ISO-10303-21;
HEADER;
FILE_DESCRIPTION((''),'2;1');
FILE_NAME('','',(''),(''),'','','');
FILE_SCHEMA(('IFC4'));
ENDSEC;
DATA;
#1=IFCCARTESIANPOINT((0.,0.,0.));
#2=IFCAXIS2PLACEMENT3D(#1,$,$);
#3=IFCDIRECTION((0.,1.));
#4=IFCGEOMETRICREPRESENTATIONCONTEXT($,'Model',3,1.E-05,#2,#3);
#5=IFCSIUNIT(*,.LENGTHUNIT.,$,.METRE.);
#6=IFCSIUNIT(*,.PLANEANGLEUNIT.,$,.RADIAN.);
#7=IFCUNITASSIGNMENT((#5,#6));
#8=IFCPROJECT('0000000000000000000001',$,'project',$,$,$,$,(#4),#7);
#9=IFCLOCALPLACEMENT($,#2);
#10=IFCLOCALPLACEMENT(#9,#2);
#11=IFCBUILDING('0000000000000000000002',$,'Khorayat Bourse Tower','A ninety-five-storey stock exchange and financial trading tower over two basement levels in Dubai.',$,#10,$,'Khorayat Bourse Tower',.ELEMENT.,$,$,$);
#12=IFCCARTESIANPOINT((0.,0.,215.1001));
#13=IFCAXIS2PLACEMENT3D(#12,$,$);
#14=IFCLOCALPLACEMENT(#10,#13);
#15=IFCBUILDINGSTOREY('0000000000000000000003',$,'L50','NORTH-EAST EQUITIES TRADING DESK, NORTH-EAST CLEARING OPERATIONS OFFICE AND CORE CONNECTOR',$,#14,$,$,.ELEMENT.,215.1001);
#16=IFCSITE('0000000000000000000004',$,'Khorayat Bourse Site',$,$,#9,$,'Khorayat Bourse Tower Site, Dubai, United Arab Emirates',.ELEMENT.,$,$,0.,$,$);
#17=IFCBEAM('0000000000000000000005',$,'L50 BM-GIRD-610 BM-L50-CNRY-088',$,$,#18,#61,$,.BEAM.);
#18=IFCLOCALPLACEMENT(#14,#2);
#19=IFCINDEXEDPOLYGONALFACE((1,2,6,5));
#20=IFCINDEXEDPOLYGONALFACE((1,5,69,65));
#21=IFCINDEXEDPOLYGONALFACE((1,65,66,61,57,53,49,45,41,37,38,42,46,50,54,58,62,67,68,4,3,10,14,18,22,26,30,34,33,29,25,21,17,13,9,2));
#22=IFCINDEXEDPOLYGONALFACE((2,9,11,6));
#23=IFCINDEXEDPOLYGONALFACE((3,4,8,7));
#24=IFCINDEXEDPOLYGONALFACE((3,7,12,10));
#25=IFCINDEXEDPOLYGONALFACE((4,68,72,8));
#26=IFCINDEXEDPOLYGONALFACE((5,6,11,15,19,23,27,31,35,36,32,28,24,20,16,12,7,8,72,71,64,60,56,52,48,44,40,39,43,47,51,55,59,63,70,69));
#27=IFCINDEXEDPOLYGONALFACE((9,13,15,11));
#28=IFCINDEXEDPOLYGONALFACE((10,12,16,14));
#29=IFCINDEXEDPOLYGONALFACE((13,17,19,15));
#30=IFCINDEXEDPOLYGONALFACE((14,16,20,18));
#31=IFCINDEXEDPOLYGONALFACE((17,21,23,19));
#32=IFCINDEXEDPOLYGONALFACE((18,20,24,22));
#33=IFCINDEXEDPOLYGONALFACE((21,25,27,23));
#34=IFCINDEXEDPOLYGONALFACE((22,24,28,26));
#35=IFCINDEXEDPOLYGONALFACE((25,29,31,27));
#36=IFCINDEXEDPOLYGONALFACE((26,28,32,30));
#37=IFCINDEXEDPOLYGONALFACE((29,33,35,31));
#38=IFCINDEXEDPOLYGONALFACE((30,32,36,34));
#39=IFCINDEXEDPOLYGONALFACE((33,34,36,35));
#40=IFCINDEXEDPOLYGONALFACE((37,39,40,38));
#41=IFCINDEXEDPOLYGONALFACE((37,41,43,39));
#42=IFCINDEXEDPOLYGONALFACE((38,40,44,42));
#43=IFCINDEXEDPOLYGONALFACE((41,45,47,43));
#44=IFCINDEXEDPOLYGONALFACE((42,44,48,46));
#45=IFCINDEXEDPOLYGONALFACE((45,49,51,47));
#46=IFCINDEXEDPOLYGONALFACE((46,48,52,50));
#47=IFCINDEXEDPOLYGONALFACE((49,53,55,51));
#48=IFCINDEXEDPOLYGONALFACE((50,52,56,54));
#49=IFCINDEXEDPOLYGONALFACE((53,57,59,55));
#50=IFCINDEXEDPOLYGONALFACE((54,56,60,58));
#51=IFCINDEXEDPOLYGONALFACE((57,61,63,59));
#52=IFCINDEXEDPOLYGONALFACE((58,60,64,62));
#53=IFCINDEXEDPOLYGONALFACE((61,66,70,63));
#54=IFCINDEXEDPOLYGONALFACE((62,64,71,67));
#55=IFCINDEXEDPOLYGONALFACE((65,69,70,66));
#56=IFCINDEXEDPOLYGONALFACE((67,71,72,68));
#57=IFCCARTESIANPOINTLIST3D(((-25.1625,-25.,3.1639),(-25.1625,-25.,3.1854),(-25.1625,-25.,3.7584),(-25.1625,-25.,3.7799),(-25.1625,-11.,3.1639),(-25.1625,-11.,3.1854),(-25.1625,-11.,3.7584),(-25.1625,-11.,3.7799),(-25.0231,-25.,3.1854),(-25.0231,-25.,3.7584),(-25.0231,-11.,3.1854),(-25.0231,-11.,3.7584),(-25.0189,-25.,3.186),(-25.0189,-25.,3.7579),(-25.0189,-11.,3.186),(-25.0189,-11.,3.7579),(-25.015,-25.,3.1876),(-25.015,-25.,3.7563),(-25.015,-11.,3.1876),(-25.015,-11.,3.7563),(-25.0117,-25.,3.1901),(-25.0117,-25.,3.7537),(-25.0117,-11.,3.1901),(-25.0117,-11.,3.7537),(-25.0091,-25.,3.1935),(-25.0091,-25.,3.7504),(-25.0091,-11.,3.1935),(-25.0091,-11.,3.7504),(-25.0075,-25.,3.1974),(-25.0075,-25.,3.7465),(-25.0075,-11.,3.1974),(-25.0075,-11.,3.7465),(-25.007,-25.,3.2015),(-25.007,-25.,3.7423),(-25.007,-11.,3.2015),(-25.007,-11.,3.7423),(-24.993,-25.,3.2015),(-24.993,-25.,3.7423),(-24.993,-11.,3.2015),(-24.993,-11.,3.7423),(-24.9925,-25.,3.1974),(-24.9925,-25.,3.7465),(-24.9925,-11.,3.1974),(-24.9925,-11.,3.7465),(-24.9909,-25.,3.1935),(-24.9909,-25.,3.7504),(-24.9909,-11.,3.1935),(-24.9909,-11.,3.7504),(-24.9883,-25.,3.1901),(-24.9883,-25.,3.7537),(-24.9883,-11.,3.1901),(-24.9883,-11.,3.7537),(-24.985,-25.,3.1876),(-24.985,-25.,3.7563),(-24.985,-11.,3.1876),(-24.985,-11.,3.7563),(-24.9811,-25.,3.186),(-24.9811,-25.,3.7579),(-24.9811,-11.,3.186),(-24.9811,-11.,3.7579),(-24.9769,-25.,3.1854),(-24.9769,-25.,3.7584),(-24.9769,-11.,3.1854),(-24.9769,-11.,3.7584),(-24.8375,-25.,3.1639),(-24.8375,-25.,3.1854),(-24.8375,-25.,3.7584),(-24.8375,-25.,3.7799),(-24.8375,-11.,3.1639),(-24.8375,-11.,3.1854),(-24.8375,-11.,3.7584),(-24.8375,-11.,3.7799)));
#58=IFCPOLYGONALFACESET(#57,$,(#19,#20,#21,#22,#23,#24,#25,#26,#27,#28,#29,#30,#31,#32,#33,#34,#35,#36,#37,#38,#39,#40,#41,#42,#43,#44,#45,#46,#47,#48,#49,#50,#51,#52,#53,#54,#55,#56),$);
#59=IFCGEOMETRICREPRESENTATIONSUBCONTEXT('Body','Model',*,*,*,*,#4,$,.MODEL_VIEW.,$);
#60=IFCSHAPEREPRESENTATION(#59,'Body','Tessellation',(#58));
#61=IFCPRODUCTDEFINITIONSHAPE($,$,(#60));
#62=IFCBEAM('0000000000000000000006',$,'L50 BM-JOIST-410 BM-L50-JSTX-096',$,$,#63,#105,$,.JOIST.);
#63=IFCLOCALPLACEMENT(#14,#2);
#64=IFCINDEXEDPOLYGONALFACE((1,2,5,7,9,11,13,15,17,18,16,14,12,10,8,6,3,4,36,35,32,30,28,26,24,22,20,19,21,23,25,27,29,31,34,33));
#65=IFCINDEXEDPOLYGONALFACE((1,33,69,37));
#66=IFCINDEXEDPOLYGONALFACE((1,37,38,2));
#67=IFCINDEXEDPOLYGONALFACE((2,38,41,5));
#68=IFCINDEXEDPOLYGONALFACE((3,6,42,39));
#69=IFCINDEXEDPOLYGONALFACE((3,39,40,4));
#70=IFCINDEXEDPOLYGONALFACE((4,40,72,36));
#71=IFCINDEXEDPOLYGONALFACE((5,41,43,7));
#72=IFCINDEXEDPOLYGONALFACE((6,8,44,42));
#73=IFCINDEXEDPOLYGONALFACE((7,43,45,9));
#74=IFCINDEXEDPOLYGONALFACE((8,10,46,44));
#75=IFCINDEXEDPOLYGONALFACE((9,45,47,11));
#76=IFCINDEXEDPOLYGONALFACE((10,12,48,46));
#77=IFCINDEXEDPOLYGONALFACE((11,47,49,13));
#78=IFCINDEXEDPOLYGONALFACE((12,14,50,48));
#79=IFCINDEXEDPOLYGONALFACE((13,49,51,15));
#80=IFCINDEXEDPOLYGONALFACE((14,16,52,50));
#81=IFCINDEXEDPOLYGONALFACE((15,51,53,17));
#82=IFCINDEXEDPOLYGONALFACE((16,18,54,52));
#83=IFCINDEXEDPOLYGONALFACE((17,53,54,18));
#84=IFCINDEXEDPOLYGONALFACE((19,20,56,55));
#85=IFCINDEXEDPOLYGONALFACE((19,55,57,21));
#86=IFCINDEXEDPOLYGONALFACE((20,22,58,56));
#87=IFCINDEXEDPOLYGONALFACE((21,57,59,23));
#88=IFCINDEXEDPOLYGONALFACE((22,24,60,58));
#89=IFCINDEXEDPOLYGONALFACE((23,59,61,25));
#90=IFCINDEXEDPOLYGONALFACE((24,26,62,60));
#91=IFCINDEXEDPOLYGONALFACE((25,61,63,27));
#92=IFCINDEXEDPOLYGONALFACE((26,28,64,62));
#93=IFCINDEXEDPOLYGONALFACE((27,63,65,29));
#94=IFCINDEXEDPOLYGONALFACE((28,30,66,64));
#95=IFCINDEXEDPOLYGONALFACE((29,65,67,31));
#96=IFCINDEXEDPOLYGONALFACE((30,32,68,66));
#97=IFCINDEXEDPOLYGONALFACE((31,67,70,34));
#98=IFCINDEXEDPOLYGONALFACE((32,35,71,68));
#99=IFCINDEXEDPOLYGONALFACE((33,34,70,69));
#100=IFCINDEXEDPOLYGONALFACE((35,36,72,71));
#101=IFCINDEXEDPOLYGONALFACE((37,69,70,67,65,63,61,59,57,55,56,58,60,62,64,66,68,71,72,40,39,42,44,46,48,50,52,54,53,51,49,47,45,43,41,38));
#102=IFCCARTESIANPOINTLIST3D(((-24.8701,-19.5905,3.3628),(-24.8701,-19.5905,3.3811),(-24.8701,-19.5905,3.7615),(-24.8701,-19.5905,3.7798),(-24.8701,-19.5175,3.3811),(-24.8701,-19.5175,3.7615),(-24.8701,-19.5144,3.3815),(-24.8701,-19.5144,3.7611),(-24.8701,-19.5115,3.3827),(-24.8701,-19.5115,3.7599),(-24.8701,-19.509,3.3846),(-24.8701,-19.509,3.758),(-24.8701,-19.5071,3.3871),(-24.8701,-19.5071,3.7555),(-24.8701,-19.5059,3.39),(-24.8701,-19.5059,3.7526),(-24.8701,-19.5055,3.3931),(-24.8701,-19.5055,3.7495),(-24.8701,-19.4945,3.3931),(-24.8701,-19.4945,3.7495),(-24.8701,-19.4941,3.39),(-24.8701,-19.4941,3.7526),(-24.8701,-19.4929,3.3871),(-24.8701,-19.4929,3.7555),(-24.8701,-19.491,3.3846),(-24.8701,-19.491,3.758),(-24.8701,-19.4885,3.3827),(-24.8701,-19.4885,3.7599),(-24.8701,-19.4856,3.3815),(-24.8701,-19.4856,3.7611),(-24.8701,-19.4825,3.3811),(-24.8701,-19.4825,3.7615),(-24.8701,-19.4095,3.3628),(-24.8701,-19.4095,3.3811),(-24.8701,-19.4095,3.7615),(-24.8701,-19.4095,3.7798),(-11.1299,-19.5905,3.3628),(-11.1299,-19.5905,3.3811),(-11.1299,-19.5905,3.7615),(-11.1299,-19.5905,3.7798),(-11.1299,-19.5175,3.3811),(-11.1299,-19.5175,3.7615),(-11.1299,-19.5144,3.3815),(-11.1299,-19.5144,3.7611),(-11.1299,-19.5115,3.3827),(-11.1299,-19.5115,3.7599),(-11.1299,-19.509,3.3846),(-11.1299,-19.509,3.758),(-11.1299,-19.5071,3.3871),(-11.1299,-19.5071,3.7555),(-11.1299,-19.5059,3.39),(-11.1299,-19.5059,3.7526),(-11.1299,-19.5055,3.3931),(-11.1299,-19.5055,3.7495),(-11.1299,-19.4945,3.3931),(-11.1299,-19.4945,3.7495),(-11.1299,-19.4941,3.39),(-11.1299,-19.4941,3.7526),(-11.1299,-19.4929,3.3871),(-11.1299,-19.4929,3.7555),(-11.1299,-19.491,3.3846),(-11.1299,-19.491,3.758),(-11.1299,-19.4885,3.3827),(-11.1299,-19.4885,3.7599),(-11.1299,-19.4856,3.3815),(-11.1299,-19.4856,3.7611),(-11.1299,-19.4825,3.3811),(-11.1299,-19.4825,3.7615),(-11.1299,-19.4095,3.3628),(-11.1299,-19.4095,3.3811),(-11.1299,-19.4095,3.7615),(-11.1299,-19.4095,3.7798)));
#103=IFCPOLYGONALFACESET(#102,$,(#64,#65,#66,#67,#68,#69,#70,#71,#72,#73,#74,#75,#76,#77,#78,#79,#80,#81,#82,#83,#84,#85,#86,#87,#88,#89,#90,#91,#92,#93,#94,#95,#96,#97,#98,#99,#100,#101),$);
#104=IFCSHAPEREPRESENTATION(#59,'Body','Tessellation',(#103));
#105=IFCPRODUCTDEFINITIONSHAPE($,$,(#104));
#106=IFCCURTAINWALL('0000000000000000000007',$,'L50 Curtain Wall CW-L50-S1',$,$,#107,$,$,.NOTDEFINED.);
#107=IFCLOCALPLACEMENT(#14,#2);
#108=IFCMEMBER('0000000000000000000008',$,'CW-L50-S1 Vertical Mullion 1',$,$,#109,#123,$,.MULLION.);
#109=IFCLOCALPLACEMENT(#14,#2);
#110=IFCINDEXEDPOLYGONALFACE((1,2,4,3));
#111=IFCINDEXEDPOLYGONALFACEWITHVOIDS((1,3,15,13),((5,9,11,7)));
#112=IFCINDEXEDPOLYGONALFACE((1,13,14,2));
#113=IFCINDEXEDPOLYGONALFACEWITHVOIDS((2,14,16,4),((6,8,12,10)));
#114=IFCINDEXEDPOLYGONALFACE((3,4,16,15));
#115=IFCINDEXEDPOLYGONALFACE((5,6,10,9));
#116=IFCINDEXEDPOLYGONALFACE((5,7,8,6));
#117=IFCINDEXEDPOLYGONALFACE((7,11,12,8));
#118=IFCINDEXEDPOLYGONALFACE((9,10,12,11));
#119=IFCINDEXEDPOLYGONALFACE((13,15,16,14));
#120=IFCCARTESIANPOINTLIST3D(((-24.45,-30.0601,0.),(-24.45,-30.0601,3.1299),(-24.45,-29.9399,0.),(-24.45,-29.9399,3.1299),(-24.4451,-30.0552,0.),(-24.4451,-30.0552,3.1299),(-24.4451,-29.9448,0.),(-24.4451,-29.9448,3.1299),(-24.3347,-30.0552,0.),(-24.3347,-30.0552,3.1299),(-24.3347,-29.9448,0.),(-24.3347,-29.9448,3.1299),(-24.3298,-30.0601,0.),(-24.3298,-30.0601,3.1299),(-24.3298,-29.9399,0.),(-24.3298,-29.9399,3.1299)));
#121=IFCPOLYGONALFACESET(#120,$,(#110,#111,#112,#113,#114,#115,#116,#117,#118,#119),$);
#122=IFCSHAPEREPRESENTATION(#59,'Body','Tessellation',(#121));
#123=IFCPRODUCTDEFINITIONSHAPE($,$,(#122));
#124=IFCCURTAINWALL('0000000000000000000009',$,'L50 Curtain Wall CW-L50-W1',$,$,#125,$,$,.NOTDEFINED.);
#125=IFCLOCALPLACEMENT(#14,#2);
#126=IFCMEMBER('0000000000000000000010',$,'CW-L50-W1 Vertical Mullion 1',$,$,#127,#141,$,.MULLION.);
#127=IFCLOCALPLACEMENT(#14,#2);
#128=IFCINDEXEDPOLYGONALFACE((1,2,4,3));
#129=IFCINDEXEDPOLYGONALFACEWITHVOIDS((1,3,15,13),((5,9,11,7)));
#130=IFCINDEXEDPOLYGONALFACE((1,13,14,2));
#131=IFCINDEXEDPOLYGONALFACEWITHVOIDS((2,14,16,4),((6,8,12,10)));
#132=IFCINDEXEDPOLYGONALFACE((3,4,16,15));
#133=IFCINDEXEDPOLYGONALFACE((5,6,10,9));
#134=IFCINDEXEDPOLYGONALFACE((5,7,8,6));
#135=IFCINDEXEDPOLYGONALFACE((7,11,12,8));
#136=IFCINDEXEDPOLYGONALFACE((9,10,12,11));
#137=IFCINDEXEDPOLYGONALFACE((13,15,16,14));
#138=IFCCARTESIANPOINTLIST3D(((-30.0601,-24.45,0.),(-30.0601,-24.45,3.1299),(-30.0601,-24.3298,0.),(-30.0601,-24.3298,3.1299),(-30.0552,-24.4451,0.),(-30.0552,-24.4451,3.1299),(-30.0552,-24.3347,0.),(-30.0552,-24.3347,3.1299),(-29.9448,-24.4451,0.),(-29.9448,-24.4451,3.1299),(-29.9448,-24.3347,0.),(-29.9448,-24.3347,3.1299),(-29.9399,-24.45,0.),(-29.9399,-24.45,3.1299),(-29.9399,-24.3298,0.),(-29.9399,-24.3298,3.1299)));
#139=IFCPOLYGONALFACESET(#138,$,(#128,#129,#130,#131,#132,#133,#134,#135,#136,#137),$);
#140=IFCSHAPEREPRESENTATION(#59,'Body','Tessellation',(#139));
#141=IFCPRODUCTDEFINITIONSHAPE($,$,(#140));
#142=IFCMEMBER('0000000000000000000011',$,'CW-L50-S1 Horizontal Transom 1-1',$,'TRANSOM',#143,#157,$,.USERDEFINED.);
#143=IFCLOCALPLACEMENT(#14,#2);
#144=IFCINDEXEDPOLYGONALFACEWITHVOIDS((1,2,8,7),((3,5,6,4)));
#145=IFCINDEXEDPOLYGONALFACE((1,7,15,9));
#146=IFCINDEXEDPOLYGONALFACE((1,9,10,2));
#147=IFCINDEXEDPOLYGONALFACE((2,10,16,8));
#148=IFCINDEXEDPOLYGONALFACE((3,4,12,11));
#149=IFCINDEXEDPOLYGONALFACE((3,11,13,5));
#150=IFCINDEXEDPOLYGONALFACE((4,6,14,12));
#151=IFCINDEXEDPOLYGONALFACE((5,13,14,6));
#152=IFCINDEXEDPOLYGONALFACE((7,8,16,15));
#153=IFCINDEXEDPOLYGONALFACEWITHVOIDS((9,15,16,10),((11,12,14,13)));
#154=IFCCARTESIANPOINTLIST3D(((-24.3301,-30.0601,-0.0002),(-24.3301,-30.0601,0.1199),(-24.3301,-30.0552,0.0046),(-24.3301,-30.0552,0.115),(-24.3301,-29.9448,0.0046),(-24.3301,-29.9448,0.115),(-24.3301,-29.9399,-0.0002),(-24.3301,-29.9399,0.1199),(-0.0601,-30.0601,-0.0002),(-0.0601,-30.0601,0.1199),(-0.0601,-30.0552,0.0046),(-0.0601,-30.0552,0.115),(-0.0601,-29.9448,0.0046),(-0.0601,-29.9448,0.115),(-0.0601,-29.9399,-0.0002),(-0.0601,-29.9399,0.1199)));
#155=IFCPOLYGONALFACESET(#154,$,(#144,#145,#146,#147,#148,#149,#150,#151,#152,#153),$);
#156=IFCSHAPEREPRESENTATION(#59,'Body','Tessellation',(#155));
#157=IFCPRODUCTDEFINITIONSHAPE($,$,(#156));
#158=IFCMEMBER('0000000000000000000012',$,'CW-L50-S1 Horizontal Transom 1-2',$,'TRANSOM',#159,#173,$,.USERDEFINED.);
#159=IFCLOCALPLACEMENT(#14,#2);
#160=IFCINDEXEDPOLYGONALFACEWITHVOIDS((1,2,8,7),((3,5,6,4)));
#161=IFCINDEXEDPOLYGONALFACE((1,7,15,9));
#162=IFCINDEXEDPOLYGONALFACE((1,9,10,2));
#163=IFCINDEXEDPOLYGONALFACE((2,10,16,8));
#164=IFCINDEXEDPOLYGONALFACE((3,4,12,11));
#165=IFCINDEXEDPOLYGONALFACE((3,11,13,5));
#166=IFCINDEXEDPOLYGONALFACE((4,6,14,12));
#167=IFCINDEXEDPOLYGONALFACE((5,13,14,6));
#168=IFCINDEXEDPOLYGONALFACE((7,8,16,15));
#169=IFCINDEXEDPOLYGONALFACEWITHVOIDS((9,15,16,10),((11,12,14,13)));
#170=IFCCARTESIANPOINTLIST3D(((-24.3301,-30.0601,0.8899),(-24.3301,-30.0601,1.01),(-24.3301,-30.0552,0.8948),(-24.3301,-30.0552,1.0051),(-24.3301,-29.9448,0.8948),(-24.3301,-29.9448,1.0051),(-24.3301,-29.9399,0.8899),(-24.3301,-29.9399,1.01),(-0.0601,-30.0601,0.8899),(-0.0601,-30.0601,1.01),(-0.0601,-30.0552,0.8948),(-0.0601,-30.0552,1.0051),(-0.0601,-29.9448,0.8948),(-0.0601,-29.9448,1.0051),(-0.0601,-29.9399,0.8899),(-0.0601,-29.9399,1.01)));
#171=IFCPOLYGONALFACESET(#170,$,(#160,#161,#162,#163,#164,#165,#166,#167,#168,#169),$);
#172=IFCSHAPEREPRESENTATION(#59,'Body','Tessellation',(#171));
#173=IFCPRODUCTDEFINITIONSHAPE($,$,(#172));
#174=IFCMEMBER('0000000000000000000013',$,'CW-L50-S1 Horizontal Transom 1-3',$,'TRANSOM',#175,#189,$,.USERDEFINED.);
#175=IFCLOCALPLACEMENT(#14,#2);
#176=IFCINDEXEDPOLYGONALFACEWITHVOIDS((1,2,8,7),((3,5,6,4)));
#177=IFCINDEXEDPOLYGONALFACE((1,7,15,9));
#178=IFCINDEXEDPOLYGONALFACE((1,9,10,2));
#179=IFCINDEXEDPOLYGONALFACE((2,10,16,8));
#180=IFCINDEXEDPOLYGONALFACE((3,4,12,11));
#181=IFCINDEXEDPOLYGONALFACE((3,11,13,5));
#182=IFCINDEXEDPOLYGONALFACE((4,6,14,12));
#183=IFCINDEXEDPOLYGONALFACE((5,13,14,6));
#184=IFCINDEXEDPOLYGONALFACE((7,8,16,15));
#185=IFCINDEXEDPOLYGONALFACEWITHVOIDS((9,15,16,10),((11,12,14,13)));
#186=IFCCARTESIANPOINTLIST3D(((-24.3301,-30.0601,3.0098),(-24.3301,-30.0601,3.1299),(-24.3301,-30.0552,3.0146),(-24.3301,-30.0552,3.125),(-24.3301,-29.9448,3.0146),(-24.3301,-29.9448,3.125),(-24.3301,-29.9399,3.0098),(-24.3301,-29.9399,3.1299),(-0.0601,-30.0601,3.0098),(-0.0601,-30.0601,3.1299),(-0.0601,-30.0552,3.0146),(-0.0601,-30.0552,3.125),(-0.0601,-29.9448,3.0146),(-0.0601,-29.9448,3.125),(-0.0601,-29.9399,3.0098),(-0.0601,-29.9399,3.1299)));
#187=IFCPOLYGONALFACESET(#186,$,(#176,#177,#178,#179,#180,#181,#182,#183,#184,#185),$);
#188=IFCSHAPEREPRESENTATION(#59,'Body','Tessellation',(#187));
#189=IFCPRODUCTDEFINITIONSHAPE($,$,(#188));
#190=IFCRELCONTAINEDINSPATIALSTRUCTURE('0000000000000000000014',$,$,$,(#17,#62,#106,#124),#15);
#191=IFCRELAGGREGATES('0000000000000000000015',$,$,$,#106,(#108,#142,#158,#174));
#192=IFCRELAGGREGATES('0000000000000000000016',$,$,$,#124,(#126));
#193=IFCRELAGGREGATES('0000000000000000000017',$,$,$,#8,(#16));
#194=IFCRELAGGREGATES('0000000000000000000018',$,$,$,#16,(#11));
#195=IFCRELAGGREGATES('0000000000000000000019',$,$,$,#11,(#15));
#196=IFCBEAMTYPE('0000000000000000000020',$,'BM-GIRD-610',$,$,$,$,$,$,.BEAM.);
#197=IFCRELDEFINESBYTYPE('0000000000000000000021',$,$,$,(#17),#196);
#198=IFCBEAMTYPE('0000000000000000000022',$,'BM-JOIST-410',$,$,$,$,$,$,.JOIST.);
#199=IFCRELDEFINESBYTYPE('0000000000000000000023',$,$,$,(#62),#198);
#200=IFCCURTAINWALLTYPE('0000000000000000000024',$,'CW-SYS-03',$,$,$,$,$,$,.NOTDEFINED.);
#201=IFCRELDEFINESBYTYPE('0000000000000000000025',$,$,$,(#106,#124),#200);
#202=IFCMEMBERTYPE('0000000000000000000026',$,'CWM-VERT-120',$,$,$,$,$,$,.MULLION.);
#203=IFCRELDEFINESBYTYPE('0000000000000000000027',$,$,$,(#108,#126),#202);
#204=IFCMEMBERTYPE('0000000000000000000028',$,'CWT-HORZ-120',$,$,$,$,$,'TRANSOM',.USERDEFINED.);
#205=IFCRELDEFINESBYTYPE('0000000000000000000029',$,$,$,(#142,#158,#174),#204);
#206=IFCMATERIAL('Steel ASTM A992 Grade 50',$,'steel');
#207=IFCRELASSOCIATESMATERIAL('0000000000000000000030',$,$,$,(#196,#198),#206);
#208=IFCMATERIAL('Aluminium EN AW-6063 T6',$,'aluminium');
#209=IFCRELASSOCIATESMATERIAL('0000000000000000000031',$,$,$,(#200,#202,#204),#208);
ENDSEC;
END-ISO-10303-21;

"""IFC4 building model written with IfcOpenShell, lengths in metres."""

from ifc_helpers import new_model, si_unit, direction, frame, origin, origin_2d, place, context, subcontext, project, spatial, hollow_rectangle, i_section, extrude, source, transform, mapped, material, material_profile, profile_set, type_object, element, aggregate, save


model = new_model("IFC4")

# Units and contexts
model_context = context("Model", 3, precision=1e-05, world=origin(), true_north=direction((0.0, 1.0)))
body_context = subcontext(model_context, "Body", "Model", "MODEL_VIEW")
ifc_project = project(units=[si_unit("LENGTHUNIT", "METRE"), si_unit("PLANEANGLEUNIT", "RADIAN")], contexts=[model_context])

# Site, building, storey
site_placement = place(None, origin())
site = spatial("IfcSite", under=ifc_project, at=site_placement, Name="Khorayat Bourse Site", LongName="Khorayat Bourse Tower Site, Dubai, United Arab Emirates", CompositionType="ELEMENT", RefElevation=0.0)
building_placement = place(site_placement, origin())
building = spatial("IfcBuilding", under=site, at=building_placement, Name="Khorayat Bourse Tower", Description="A ninety-five-storey stock exchange and financial trading tower over two basement levels in Dubai.", LongName="Khorayat Bourse Tower", CompositionType="ELEMENT")
storey_placement = place(building_placement, frame((0.0, 0.0, 215.1001)))
storey = spatial("IfcBuildingStorey", under=building, at=storey_placement, Name="L50", Description="NORTH-EAST EQUITIES TRADING DESK, NORTH-EAST CLEARING OPERATIONS OFFICE AND CORE CONNECTOR", CompositionType="ELEMENT", Elevation=215.1001)

# Beams
ifc_material_1 = material(Name="Steel ASTM A992 Grade 50", Category="steel")
ifc_material_profile_1 = material_profile(ifc_material_1, i_section(OverallWidth=0.325, OverallDepth=0.616, WebThickness=0.0139, FlangeThickness=0.0215, FilletRadius=0.0161, at=origin_2d()), Name="W610X174")
ifc_profile_set_1 = profile_set([ifc_material_profile_1], Name="Steel ASTM A992 Grade 50")
beam_type_1 = type_object("IfcBeamType", Name="BM-GIRD-610", PredefinedType="BEAM", material=ifc_profile_set_1)
shared_shape_1 = source(origin(), body_context, "Body", "SweptSolid", [
    extrude(i_section(OverallWidth=0.325, OverallDepth=0.616, WebThickness=0.0139, FlangeThickness=0.0215, FilletRadius=0.0161, at=origin_2d()), origin(), (0.0, 0.0, 1.0), 14.0),
])
beam_1_placement = place(storey_placement, frame((-25.0, -25.0, 3.4719), z_axis=(0.0, 1.0, 0.0), x_axis=(-1.0, 0.0, 0.0)))
element("IfcBeam", 1, at=beam_1_placement, inside=storey, type_object=beam_type_1, Name="L50 BM-GIRD-610 BM-L50-CNRY-088", PredefinedType="BEAM", context=body_context, shape_type="MappedRepresentation", body=[
    mapped(shared_shape_1, transform((0.0, 0.0, 0.0), scale=1.0)),
])
ifc_material_profile_2 = material_profile(ifc_material_1, i_section(OverallWidth=0.1809, OverallDepth=0.417, WebThickness=0.011, FlangeThickness=0.0183, FilletRadius=0.012, at=origin_2d()), Name="W410X85")
ifc_profile_set_2 = profile_set([ifc_material_profile_2], Name="Steel ASTM A992 Grade 50")
beam_type_2 = type_object("IfcBeamType", Name="BM-JOIST-410", PredefinedType="JOIST", material=ifc_profile_set_2)
shared_shape_2 = source(origin(), body_context, "Body", "SweptSolid", [
    extrude(i_section(OverallWidth=0.1809, OverallDepth=0.417, WebThickness=0.011, FlangeThickness=0.0183, FilletRadius=0.012, at=origin_2d()), origin(), (0.0, 0.0, 1.0), 13.7402),
])
beam_2_placement = place(storey_placement, frame((-24.8701, -19.5, 3.5713), z_axis=(1.0, 0.0, 0.0), x_axis=(0.0, 1.0, 0.0)))
element("IfcBeam", 2, at=beam_2_placement, inside=storey, type_object=beam_type_2, Name="L50 BM-JOIST-410 BM-L50-JSTX-096", PredefinedType="JOIST", context=body_context, shape_type="MappedRepresentation", body=[
    mapped(shared_shape_2, transform((0.0, 0.0, 0.0), scale=1.0)),
])

# Curtain walls, members
ifc_material_2 = material(Name="Aluminium EN AW-6063 T6", Category="aluminium")
curtain_wall_type = type_object("IfcCurtainWallType", Name="CW-SYS-03", PredefinedType="NOTDEFINED", material=ifc_material_2)
curtain_wall_1_placement = place(storey_placement, origin())
curtain_wall_1 = element("IfcCurtainWall", 3, at=curtain_wall_1_placement, inside=storey, type_object=curtain_wall_type, Name="L50 Curtain Wall CW-L50-S1", PredefinedType="NOTDEFINED")
ifc_material_profile_3 = material_profile(ifc_material_2, hollow_rectangle(XDim=0.1201, YDim=0.1201, WallThickness=0.0049, at=origin_2d()), Name="ALU 120x120x5")
ifc_profile_set_3 = profile_set([ifc_material_profile_3], Name="Aluminium EN AW-6063 T6")
member_type_1 = type_object("IfcMemberType", Name="CWM-VERT-120", PredefinedType="MULLION", material=ifc_profile_set_3)
shared_shape_3 = source(origin(), body_context, "Body", "SweptSolid", [
    extrude(hollow_rectangle(XDim=0.1201, YDim=0.1201, WallThickness=0.0049, at=origin_2d()), origin(), (0.0, 0.0, 1.0), 3.1299),
])
member_1_placement = place(storey_placement, frame((-24.3899, -30.0, 0.0), z_axis=(0.0, 0.0, 1.0), x_axis=(0.0, 1.0, 0.0)))
member_1 = element("IfcMember", 4, at=member_1_placement, type_object=member_type_1, Name="CW-L50-S1 Vertical Mullion 1", PredefinedType="MULLION", context=body_context, shape_type="MappedRepresentation", body=[
    mapped(shared_shape_3, transform((0.0, 0.0, 0.0), scale=1.0)),
])
curtain_wall_2_placement = place(storey_placement, origin())
curtain_wall_2 = element("IfcCurtainWall", 5, at=curtain_wall_2_placement, inside=storey, type_object=curtain_wall_type, Name="L50 Curtain Wall CW-L50-W1", PredefinedType="NOTDEFINED")
member_2_placement = place(storey_placement, frame((-30.0, -24.3899, 0.0), z_axis=(0.0, 0.0, 1.0), x_axis=(-1.0, 0.0, 0.0)))
member_2 = element("IfcMember", 6, at=member_2_placement, type_object=member_type_1, Name="CW-L50-W1 Vertical Mullion 1", PredefinedType="MULLION", context=body_context, shape_type="MappedRepresentation", body=[
    mapped(shared_shape_3, transform((0.0, 0.0, 0.0), scale=1.0)),
])

# Members
ifc_material_profile_4 = material_profile(ifc_material_2, hollow_rectangle(XDim=0.1201, YDim=0.1201, WallThickness=0.0049, at=origin_2d()), Name="ALU 120x120x5")
ifc_profile_set_4 = profile_set([ifc_material_profile_4], Name="Aluminium EN AW-6063 T6")
member_type_2 = type_object("IfcMemberType", Name="CWT-HORZ-120", ElementType="TRANSOM", PredefinedType="USERDEFINED", material=ifc_profile_set_4)
shared_shape_4 = source(origin(), body_context, "Body", "SweptSolid", [
    extrude(hollow_rectangle(XDim=0.1201, YDim=0.1201, WallThickness=0.0049, at=origin_2d()), origin(), (0.0, 0.0, 1.0), 24.27),
])
member_3_placement = place(storey_placement, frame((-24.3301, -30.0, 0.0598), z_axis=(1.0, 0.0, 0.0), x_axis=(0.0, 1.0, 0.0)))
member_3 = element("IfcMember", 7, at=member_3_placement, type_object=member_type_2, Name="CW-L50-S1 Horizontal Transom 1-1", ObjectType="TRANSOM", PredefinedType="USERDEFINED", context=body_context, shape_type="MappedRepresentation", body=[
    mapped(shared_shape_4, transform((0.0, 0.0, 0.0), scale=1.0)),
])
member_4_placement = place(storey_placement, frame((-24.3301, -30.0, 0.95), z_axis=(1.0, 0.0, 0.0), x_axis=(0.0, 1.0, 0.0)))
member_4 = element("IfcMember", 8, at=member_4_placement, type_object=member_type_2, Name="CW-L50-S1 Horizontal Transom 1-2", ObjectType="TRANSOM", PredefinedType="USERDEFINED", context=body_context, shape_type="MappedRepresentation", body=[
    mapped(shared_shape_4, transform((0.0, 0.0, 0.0), scale=1.0)),
])
member_5_placement = place(storey_placement, frame((-24.3301, -30.0, 3.0698), z_axis=(1.0, 0.0, 0.0), x_axis=(0.0, 1.0, 0.0)))
member_5 = element("IfcMember", 9, at=member_5_placement, type_object=member_type_2, Name="CW-L50-S1 Horizontal Transom 1-3", ObjectType="TRANSOM", PredefinedType="USERDEFINED", context=body_context, shape_type="MappedRepresentation", body=[
    mapped(shared_shape_4, transform((0.0, 0.0, 0.0), scale=1.0)),
])
aggregate(curtain_wall_1, [member_1, member_3, member_4, member_5])
aggregate(curtain_wall_2, [member_2])

save(model, "model.ifc")
